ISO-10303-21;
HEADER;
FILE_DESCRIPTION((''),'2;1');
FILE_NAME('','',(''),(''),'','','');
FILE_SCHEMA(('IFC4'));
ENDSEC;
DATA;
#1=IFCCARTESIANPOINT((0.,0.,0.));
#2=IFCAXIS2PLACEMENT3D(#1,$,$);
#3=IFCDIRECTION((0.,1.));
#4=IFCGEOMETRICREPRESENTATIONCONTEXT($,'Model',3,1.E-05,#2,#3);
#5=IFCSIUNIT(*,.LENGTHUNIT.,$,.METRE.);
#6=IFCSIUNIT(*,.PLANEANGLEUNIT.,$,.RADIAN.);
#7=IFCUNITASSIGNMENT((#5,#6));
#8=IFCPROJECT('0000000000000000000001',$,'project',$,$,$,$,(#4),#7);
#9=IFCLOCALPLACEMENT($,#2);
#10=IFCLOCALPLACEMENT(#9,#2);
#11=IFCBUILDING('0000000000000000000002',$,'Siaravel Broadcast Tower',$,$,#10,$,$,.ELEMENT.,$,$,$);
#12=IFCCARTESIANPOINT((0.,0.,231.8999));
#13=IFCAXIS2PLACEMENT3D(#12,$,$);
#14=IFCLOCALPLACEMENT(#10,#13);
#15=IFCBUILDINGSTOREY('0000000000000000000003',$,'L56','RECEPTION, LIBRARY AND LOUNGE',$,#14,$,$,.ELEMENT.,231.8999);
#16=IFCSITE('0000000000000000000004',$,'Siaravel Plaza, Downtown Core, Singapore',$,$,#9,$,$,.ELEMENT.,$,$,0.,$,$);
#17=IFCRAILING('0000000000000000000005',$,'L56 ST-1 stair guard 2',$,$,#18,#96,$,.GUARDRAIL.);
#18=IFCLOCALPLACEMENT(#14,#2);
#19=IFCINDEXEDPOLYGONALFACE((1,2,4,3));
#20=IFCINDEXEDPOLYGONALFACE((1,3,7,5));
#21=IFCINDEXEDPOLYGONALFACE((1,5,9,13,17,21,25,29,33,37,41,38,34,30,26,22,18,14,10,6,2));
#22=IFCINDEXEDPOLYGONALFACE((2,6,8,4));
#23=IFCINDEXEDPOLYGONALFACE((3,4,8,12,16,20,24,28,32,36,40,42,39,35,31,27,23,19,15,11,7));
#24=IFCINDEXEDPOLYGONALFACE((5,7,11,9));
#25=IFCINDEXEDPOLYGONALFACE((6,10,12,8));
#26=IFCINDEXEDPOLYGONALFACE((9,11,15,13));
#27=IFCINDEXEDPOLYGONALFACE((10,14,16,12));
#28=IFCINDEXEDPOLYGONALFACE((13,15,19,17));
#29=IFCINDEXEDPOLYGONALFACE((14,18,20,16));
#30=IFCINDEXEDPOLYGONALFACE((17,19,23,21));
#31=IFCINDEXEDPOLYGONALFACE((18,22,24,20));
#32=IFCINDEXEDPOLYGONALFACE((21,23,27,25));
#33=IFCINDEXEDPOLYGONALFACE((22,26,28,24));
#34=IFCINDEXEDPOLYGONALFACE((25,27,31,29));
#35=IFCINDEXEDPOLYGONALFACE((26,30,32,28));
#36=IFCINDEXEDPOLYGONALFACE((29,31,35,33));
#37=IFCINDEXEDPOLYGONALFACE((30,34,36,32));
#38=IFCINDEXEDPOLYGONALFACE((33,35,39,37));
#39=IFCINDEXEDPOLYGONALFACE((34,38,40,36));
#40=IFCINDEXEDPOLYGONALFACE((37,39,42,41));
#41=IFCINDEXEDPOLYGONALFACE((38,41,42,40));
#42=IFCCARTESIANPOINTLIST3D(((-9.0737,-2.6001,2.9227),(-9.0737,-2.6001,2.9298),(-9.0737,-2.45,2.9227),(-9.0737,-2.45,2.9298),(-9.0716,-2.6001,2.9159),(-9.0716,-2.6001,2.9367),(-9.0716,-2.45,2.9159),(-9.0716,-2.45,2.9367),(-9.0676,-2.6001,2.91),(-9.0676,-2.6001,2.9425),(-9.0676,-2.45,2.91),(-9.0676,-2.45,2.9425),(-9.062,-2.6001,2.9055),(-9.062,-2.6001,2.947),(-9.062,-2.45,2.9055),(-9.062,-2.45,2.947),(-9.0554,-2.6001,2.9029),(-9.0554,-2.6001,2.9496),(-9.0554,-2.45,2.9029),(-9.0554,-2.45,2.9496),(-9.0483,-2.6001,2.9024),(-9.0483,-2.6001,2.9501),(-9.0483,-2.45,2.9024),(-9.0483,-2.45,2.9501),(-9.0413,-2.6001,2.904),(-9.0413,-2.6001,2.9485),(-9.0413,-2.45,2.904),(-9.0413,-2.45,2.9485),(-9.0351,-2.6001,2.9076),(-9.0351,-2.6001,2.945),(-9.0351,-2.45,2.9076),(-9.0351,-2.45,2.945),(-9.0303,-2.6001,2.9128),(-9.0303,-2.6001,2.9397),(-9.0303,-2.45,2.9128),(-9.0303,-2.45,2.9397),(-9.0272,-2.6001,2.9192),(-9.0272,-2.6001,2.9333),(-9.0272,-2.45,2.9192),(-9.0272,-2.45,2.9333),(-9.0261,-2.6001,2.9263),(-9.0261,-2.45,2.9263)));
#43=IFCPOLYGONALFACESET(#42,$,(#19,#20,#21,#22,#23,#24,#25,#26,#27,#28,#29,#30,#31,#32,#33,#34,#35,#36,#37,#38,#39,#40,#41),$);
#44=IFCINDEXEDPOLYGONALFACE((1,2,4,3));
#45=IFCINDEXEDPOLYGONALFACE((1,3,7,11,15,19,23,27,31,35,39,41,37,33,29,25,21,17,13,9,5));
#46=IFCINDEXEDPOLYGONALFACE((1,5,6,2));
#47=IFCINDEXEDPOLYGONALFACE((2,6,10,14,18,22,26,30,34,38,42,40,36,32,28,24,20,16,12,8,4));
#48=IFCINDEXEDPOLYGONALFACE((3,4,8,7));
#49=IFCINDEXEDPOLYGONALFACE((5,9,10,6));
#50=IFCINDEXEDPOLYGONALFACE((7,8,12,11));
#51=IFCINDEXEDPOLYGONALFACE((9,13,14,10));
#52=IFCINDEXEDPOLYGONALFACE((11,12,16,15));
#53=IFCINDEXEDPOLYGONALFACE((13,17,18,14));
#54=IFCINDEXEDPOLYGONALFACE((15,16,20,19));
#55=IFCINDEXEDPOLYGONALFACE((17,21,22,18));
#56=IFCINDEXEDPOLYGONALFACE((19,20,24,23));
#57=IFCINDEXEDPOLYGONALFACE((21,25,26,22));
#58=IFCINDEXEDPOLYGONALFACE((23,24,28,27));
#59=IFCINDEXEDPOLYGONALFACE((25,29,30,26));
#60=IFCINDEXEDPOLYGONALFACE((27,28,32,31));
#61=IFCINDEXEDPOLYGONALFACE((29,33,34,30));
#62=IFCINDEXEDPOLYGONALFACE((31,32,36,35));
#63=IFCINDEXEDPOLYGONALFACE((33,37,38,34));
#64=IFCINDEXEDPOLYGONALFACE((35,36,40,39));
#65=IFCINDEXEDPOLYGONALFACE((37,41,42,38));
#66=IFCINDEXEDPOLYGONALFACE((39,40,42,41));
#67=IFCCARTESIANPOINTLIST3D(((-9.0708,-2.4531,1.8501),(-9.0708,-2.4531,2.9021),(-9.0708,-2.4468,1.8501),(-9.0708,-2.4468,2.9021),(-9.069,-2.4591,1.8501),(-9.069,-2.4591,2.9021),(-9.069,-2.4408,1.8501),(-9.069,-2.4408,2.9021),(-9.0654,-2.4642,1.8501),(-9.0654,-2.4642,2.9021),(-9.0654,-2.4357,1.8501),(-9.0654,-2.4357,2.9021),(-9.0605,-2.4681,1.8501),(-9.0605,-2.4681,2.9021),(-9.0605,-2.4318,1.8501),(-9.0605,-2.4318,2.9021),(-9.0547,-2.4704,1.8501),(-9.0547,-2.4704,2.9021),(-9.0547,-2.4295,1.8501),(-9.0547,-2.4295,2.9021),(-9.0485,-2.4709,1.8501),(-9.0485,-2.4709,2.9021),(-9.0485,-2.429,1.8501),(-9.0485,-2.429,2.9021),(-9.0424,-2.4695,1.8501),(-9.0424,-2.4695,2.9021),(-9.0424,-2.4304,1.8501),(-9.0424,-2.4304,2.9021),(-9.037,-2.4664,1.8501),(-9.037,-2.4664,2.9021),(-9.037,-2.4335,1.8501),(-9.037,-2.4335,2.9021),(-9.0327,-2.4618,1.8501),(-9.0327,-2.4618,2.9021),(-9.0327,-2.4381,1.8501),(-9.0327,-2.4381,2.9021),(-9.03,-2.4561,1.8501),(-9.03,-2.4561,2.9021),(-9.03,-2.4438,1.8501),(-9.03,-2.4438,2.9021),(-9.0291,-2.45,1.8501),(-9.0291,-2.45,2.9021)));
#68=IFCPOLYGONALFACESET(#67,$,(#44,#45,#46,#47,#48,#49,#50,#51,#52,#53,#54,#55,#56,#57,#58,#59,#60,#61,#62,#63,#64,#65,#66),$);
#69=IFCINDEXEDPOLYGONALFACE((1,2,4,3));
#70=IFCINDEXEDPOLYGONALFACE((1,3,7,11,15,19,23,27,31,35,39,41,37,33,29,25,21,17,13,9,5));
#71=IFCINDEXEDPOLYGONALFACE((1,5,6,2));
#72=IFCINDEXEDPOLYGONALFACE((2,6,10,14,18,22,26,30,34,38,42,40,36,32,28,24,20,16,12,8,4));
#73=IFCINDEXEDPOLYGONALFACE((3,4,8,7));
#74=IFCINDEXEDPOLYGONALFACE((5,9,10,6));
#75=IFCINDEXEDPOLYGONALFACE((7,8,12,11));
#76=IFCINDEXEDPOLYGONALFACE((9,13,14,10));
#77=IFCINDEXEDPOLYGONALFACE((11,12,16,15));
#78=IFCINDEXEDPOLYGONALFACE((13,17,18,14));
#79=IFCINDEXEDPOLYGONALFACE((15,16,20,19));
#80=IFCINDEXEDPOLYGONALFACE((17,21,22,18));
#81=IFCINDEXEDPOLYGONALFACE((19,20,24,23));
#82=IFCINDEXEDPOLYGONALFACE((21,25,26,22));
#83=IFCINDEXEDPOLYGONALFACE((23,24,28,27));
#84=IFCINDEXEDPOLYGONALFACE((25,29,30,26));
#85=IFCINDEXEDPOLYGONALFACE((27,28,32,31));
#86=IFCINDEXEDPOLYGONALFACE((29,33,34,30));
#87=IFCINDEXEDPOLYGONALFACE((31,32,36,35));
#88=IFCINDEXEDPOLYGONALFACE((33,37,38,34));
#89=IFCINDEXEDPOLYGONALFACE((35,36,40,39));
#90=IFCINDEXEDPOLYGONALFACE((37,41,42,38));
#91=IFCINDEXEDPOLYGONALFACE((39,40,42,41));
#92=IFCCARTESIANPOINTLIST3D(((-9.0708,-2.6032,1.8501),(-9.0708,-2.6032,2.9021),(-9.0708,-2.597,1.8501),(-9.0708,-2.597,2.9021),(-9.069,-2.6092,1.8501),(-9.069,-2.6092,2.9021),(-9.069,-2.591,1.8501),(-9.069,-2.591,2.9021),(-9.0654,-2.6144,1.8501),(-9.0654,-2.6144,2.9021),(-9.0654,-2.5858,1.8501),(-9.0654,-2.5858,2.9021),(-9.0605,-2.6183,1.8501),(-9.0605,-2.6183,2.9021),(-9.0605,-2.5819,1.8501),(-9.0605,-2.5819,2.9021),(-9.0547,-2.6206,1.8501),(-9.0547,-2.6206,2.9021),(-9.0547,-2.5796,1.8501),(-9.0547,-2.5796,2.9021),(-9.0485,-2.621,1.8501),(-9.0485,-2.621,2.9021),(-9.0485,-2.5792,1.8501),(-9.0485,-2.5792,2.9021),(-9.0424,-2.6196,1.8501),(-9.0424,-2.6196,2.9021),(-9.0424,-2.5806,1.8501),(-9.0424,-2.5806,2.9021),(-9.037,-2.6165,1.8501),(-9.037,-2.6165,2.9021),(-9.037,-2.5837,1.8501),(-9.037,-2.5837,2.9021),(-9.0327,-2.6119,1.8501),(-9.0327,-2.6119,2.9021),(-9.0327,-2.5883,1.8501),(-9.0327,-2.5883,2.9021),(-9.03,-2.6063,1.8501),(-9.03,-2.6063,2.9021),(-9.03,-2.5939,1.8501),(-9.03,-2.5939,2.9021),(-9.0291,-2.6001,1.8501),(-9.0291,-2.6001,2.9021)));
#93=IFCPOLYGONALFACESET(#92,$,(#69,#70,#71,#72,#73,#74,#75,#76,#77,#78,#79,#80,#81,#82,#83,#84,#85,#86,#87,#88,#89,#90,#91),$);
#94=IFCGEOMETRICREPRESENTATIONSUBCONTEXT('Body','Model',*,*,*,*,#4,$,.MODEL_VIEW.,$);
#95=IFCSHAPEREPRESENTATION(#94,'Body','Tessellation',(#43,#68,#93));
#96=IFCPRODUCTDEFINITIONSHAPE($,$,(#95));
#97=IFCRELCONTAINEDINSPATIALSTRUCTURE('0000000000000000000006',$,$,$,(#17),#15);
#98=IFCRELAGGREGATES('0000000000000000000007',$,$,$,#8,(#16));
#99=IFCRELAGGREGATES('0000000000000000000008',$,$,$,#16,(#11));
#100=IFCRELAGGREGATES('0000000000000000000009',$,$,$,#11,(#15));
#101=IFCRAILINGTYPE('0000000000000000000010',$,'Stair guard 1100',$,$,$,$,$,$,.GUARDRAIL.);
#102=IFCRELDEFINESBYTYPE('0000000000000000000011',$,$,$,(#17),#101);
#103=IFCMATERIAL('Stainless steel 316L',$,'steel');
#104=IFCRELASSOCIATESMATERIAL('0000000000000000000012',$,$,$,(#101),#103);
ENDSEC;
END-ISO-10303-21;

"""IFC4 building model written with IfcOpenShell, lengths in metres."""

from ifc_helpers import new_model, si_unit, direction, frame, origin, origin_2d, place, context, subcontext, project, spatial, circle, extrude, material, type_object, element, save


model = new_model("IFC4")

# Units and contexts
model_context = context("Model", 3, precision=1e-05, world=origin(), true_north=direction((0.0, 1.0)))
body_context = subcontext(model_context, "Body", "Model", "MODEL_VIEW")
ifc_project = project(units=[si_unit("LENGTHUNIT", "METRE"), si_unit("PLANEANGLEUNIT", "RADIAN")], contexts=[model_context])

# Site, building, storey
site_placement = place(None, origin())
site = spatial("IfcSite", under=ifc_project, at=site_placement, Name="Siaravel Plaza, Downtown Core, Singapore", CompositionType="ELEMENT", RefElevation=0.0)
building_placement = place(site_placement, origin())
building = spatial("IfcBuilding", under=site, at=building_placement, Name="Siaravel Broadcast Tower", CompositionType="ELEMENT")
storey_placement = place(building_placement, frame((0.0, 0.0, 231.8999)))
storey = spatial("IfcBuildingStorey", under=building, at=storey_placement, Name="L56", Description="RECEPTION, LIBRARY AND LOUNGE", CompositionType="ELEMENT", Elevation=231.8999)

# Shared definitions
ifc_material_1 = material(Name="Stainless steel 316L", Category="steel")

# Railing
railing_type_1 = type_object("IfcRailingType", Name="Stair guard 1100", PredefinedType="GUARDRAIL", material=ifc_material_1)
railing_1_placement = place(storey_placement, frame((-9.05, -2.45, 1.8501)))
element("IfcRailing", 1, at=railing_1_placement, inside=storey, type_object=railing_type_1, Name="L56 ST-1 stair guard 2", PredefinedType="GUARDRAIL", context=body_context, shape_type="SweptSolid", body=[
    extrude(circle(Radius=0.0239, at=origin_2d()), frame((0.0, 0.0, 1.0762), z_axis=(0.0, -1.0, 0.0), x_axis=(1.0, 0.0, 0.0)), (0.0, 0.0, 1.0), 0.1501),
    extrude(circle(Radius=0.021, at=origin_2d()), origin(), (0.0, 0.0, 1.0), 1.052),
    extrude(circle(Radius=0.021, at=origin_2d()), frame((0.0, -0.1501, 0.0)), (0.0, 0.0, 1.0), 1.052),
])

save(model, "model.ifc")
